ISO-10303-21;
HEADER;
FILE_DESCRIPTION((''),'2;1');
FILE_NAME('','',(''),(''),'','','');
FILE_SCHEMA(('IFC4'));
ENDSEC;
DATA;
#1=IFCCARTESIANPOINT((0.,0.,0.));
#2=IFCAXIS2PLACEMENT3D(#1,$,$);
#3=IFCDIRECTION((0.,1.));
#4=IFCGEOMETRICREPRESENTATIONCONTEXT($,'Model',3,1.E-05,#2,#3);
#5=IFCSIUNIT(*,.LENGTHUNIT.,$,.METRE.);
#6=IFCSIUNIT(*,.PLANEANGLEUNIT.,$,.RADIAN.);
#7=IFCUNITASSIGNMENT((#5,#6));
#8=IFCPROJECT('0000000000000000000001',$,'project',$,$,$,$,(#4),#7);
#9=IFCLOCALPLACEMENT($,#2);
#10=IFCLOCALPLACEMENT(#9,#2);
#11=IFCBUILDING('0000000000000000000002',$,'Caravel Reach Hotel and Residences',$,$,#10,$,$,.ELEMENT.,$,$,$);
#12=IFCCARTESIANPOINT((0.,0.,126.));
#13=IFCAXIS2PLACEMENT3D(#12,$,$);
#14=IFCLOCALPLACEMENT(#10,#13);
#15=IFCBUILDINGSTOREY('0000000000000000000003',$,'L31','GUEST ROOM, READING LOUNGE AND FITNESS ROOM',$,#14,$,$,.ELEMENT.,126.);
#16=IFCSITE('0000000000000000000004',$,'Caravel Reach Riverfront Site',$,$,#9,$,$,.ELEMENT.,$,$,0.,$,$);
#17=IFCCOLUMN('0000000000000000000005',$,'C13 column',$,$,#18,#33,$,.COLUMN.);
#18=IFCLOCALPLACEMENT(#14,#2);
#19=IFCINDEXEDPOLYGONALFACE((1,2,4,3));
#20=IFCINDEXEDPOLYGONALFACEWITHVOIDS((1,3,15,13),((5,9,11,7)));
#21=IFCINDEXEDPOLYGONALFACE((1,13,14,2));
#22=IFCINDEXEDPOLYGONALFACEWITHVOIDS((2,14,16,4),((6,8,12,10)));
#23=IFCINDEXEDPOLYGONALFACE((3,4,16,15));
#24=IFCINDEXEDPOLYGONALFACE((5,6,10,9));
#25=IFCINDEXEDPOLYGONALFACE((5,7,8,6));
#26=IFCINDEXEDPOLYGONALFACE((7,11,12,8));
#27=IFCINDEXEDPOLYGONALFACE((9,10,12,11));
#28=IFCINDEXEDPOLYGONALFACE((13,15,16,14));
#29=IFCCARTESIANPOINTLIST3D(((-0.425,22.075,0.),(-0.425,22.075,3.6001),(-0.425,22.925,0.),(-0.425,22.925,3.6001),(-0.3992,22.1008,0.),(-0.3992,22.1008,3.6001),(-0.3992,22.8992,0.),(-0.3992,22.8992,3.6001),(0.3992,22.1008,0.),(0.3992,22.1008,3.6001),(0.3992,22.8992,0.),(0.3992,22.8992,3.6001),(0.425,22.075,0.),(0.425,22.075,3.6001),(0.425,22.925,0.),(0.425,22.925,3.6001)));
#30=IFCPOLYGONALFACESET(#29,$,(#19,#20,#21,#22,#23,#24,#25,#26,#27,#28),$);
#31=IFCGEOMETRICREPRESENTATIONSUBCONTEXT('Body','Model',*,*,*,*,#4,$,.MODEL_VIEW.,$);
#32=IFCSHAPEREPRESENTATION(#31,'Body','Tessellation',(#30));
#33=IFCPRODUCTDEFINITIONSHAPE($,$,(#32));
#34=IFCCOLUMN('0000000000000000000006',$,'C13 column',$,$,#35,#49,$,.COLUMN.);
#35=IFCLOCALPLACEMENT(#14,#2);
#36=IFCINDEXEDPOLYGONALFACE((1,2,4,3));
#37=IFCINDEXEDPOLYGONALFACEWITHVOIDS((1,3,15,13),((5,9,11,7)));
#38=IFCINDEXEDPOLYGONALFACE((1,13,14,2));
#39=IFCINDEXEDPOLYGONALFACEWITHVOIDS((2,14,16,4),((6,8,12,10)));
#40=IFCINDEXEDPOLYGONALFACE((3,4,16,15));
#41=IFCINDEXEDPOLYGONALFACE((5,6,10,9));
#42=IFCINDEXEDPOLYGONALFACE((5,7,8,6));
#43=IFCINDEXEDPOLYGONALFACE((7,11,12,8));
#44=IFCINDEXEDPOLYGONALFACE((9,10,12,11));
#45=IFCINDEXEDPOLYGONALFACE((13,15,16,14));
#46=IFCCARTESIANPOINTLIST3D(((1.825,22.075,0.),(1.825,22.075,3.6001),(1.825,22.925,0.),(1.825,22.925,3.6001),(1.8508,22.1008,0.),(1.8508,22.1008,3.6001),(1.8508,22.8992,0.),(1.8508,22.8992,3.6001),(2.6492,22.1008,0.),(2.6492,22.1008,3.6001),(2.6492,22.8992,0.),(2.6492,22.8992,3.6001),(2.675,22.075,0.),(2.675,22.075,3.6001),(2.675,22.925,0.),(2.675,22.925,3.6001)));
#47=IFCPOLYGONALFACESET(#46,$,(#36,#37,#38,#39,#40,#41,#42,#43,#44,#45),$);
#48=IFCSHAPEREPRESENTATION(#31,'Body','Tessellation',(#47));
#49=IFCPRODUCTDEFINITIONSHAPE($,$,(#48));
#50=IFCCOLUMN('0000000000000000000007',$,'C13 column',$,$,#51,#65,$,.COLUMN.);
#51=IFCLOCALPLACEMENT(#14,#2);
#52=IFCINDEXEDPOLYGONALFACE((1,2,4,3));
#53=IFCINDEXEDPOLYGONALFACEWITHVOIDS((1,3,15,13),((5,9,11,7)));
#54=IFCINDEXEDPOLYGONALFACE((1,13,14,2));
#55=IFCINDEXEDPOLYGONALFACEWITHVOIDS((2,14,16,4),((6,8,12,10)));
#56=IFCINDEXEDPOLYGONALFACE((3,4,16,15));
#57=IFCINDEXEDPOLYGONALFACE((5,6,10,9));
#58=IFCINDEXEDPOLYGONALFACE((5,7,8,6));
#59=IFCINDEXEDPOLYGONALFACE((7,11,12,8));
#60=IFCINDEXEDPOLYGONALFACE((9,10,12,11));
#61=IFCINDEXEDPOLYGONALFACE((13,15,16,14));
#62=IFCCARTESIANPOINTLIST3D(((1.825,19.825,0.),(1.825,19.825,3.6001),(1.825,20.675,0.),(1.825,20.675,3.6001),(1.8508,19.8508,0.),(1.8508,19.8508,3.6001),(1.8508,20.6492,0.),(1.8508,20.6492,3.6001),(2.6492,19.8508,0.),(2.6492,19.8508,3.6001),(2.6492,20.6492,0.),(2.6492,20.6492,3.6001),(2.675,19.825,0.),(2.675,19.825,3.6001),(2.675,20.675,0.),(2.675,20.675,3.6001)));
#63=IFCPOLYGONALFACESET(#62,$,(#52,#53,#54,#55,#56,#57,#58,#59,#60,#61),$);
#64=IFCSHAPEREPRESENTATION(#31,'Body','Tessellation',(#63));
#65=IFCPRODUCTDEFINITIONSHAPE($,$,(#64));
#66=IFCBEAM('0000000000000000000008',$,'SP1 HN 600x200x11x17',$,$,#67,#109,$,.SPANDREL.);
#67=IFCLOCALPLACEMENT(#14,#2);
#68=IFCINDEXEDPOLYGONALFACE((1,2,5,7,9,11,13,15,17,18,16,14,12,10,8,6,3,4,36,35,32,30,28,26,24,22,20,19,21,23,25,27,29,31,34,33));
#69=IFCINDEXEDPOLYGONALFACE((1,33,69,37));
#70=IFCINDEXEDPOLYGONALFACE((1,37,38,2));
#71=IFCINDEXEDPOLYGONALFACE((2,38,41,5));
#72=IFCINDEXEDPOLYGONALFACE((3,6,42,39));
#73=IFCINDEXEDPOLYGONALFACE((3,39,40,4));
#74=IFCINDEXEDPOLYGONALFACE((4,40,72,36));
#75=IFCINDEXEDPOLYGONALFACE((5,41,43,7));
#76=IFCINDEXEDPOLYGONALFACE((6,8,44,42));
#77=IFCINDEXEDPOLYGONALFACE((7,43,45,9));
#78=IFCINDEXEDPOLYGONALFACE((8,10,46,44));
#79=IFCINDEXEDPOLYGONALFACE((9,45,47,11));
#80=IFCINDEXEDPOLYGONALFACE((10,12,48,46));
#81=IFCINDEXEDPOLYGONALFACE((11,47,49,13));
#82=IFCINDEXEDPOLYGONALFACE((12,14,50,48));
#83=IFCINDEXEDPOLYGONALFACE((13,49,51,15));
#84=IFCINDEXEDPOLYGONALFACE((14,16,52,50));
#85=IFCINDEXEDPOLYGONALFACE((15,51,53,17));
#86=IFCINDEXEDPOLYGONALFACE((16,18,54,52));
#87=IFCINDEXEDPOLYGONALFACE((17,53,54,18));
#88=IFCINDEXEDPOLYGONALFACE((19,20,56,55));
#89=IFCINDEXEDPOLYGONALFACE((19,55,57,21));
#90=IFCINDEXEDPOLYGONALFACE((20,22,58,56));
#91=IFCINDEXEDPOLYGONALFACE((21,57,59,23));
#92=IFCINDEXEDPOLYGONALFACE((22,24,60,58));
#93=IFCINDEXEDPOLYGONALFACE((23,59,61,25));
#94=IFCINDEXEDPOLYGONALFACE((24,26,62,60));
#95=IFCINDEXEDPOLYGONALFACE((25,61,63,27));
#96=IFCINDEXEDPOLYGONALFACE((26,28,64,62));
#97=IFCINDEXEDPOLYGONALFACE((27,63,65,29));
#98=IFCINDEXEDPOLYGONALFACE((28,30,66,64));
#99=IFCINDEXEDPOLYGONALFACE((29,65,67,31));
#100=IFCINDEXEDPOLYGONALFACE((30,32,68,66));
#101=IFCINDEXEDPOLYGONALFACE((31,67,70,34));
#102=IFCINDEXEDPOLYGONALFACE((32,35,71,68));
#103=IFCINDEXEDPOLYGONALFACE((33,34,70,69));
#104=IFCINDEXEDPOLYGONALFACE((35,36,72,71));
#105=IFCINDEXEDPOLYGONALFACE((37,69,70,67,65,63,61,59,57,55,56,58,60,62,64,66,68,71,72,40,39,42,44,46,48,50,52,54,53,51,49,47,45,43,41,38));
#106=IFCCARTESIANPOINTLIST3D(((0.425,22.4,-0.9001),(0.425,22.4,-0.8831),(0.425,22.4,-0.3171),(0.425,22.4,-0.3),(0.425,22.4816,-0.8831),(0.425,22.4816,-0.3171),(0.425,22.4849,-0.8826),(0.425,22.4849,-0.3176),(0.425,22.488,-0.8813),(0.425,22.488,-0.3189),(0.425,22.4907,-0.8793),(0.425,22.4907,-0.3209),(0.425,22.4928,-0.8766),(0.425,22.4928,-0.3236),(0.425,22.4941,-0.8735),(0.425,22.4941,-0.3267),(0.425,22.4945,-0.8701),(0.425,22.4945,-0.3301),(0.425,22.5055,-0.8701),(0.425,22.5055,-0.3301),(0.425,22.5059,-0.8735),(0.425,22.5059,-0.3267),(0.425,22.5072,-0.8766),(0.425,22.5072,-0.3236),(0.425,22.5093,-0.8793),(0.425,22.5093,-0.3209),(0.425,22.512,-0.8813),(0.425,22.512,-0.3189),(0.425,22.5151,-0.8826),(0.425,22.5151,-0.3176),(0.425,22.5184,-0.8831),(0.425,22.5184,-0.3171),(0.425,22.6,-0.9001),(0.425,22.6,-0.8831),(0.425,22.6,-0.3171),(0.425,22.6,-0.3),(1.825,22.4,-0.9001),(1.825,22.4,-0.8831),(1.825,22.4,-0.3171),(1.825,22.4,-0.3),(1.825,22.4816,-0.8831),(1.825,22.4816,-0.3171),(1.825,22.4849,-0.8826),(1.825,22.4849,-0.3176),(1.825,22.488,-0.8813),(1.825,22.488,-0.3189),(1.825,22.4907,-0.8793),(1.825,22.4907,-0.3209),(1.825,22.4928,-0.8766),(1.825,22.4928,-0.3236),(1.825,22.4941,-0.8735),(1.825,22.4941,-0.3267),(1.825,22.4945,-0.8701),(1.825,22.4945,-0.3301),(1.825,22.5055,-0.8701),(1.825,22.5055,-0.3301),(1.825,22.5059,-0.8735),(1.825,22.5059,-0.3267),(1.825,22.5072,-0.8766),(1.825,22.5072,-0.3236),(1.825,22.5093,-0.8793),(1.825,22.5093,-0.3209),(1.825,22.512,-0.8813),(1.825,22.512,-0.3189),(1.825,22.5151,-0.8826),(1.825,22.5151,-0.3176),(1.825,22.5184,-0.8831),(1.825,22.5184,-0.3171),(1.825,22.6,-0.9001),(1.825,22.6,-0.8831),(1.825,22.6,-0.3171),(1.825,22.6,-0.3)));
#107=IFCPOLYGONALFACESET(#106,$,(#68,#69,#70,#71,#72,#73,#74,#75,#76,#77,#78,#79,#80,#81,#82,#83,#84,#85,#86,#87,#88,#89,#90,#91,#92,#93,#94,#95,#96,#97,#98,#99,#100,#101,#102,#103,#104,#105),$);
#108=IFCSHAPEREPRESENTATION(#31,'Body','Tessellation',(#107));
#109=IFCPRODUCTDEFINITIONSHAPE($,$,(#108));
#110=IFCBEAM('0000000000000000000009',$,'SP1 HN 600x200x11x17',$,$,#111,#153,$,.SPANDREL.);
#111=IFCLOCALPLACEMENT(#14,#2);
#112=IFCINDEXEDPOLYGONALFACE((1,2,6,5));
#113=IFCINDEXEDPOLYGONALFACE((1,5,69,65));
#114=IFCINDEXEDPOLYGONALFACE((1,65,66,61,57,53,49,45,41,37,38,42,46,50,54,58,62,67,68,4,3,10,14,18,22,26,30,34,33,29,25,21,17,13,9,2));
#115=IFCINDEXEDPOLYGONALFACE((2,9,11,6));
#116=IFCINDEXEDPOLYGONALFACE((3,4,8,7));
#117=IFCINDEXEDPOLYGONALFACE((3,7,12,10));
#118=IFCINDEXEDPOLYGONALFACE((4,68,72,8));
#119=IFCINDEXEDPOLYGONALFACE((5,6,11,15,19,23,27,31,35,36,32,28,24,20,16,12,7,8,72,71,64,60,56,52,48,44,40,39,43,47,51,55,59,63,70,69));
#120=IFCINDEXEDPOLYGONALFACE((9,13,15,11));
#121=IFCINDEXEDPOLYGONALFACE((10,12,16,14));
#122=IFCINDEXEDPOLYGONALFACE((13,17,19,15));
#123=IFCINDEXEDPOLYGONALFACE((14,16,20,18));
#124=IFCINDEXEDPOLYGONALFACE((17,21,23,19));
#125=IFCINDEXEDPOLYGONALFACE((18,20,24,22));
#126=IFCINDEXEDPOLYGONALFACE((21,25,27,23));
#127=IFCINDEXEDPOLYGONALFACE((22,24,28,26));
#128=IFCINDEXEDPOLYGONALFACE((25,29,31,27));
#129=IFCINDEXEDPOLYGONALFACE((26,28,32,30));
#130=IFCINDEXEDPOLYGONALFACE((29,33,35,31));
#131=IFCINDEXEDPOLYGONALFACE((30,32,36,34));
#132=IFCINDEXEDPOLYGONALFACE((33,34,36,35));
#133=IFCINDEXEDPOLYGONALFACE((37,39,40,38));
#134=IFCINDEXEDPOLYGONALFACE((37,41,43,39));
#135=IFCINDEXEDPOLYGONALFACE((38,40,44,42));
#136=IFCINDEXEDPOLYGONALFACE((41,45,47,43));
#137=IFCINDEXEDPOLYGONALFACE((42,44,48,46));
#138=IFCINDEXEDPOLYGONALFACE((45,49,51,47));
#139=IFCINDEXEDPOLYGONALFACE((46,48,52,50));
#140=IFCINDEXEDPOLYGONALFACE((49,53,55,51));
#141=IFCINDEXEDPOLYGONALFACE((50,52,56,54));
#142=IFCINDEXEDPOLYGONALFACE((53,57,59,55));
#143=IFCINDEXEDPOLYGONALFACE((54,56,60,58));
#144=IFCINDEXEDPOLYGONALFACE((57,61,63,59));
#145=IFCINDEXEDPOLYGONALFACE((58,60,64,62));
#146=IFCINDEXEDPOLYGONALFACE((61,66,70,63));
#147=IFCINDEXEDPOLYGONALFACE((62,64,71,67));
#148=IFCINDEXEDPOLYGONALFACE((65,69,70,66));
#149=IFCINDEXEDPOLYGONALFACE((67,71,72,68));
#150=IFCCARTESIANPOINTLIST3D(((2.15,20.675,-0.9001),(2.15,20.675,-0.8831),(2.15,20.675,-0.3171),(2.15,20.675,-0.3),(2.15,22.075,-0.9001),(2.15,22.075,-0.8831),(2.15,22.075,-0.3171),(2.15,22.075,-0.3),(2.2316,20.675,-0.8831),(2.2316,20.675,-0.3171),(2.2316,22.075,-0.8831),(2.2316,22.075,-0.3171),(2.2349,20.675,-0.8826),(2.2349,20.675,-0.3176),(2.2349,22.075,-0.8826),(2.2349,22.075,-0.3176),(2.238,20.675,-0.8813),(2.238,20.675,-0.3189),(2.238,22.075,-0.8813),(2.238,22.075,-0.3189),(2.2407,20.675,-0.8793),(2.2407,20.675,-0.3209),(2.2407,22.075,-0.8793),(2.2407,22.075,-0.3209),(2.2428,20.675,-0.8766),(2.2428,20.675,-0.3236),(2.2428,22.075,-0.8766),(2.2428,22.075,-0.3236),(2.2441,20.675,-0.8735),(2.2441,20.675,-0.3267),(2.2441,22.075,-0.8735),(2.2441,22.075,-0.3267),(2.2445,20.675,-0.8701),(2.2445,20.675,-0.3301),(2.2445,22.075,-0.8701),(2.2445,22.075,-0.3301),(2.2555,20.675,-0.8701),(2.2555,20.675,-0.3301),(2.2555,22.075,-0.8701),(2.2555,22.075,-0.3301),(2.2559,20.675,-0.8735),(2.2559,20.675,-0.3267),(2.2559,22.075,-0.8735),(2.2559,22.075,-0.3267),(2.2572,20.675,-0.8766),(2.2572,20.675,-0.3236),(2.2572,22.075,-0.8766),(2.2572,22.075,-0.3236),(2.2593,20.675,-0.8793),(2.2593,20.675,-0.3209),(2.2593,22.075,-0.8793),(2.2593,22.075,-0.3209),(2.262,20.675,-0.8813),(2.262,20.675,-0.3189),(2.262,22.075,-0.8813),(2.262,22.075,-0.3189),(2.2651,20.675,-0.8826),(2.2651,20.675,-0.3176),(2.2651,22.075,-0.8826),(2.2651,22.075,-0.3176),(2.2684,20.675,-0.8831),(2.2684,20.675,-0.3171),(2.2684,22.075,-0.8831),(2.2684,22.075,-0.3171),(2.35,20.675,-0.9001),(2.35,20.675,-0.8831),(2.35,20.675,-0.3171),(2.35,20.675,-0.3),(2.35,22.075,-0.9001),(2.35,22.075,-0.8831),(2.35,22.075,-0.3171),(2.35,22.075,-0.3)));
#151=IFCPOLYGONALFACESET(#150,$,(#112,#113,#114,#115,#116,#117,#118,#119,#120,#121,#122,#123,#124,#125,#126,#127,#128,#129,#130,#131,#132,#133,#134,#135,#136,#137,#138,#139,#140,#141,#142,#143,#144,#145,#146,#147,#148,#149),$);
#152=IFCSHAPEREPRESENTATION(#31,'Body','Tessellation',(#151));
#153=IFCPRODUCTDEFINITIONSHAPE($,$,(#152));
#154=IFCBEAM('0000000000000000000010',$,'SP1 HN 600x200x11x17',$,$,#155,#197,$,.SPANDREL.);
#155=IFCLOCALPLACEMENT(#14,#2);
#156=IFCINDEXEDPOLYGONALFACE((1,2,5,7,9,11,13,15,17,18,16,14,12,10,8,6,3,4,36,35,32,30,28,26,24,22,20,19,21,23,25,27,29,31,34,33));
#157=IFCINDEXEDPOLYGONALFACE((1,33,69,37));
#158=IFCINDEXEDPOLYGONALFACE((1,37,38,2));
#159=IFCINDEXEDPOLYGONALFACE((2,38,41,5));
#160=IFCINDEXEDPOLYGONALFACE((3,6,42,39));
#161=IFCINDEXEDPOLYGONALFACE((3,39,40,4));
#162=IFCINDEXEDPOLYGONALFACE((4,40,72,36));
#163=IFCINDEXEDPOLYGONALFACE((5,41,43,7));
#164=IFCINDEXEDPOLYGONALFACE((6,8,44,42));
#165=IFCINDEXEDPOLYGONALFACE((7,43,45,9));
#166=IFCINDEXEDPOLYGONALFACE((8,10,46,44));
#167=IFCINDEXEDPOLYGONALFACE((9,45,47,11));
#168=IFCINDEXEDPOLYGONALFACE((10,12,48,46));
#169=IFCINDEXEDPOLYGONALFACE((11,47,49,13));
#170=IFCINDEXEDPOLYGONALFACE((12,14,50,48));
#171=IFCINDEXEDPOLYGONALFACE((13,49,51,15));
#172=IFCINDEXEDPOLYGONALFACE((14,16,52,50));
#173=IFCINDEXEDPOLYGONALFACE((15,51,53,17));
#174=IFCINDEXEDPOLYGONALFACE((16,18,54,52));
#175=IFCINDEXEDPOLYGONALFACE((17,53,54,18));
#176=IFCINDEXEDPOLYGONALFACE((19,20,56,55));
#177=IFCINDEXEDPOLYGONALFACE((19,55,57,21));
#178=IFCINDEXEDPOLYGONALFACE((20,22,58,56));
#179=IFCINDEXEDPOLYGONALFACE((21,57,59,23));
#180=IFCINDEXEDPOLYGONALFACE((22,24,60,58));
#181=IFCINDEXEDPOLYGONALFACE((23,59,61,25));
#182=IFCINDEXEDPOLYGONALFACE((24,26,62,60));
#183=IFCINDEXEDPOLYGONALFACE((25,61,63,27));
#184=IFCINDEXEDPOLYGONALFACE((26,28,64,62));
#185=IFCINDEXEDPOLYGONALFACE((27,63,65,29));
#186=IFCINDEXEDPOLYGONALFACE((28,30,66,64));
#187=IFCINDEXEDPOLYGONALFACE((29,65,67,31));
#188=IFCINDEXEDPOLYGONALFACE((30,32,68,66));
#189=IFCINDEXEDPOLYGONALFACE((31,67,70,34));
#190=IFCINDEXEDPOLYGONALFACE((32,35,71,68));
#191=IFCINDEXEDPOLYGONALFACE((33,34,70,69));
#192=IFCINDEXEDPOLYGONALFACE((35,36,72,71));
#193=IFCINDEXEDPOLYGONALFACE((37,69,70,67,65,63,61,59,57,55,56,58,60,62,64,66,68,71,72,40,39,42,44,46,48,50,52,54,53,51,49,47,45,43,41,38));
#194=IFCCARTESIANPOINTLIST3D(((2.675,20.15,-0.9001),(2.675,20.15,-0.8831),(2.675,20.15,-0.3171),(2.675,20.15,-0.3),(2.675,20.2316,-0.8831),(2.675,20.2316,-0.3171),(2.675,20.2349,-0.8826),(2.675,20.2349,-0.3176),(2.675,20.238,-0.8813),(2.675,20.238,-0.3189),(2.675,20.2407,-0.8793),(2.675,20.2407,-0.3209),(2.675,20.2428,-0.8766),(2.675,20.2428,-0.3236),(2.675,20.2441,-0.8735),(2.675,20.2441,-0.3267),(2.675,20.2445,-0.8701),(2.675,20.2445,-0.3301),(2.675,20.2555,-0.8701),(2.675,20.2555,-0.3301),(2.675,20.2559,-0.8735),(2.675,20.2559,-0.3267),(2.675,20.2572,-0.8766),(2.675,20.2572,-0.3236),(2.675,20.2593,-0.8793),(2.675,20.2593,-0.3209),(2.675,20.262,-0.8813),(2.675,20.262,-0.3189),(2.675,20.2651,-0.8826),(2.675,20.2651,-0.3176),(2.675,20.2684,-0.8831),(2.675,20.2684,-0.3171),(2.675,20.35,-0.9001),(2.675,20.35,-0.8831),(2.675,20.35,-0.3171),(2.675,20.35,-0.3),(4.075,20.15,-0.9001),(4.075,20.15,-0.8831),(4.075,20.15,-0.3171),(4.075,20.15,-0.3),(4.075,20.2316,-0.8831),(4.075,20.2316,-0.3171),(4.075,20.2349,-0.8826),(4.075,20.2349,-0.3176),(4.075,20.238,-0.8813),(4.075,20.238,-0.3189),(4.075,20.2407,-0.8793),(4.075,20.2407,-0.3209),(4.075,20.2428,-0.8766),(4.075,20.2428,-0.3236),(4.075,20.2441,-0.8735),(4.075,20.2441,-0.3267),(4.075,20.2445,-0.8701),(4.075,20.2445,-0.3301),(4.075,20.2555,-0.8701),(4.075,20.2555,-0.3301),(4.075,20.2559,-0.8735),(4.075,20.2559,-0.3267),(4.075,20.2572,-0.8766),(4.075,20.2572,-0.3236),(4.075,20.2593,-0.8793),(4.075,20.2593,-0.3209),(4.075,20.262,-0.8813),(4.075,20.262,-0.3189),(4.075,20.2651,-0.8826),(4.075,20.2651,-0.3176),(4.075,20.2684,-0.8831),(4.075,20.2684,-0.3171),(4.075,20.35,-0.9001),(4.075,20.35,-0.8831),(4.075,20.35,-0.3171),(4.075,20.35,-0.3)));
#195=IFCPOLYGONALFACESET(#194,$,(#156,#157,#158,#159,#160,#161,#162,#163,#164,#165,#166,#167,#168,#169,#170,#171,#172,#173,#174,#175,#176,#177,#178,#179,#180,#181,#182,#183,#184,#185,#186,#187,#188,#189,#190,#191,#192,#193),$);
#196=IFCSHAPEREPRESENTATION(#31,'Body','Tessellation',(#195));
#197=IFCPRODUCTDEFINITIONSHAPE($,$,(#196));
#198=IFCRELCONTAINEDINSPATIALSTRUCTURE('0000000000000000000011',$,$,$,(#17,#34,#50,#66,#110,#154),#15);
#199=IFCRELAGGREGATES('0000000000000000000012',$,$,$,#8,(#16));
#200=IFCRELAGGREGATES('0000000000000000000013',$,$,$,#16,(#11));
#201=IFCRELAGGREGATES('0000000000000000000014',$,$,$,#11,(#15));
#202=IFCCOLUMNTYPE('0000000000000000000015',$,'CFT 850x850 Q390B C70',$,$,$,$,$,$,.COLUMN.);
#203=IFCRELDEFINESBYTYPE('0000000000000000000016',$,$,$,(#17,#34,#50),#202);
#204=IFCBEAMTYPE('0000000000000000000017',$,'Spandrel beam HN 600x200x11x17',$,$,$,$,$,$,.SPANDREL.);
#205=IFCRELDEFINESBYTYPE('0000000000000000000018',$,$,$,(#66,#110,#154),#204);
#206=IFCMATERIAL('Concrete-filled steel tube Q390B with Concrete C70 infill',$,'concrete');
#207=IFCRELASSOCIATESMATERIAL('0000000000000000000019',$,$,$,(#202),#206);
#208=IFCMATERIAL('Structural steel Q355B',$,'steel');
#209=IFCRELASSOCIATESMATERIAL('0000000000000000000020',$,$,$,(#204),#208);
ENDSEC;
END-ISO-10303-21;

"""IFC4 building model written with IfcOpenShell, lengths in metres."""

from ifc_helpers import new_model, si_unit, direction, frame, origin, origin_2d, place, context, subcontext, project, spatial, hollow_rectangle, i_section, extrude, material, material_profile, profile_set, type_object, element, save


model = new_model("IFC4")

# Units and contexts
model_context = context("Model", 3, precision=1e-05, world=origin(), true_north=direction((0.0, 1.0)))
body_context = subcontext(model_context, "Body", "Model", "MODEL_VIEW")
ifc_project = project(units=[si_unit("LENGTHUNIT", "METRE"), si_unit("PLANEANGLEUNIT", "RADIAN")], contexts=[model_context])

# Site, building, storey
site_placement = place(None, origin())
site = spatial("IfcSite", under=ifc_project, at=site_placement, Name="Caravel Reach Riverfront Site", CompositionType="ELEMENT", RefElevation=0.0)
building_placement = place(site_placement, origin())
building = spatial("IfcBuilding", under=site, at=building_placement, Name="Caravel Reach Hotel and Residences", CompositionType="ELEMENT")
storey_placement = place(building_placement, frame((0.0, 0.0, 126.0)))
storey = spatial("IfcBuildingStorey", under=building, at=storey_placement, Name="L31", Description="GUEST ROOM, READING LOUNGE AND FITNESS ROOM", CompositionType="ELEMENT", Elevation=126.0)

# Columns
ifc_material_1 = material(Name="Concrete-filled steel tube Q390B with Concrete C70 infill", Category="concrete")
ifc_material_profile_1 = material_profile(ifc_material_1, hollow_rectangle(XDim=0.8501, YDim=0.8501, WallThickness=0.0259, at=origin_2d()), Name="RHS 850x850x26")
ifc_profile_set_1 = profile_set([ifc_material_profile_1], Name="Concrete-filled steel tube Q390B with Concrete C70 infill")
column_type = type_object("IfcColumnType", Name="CFT 850x850 Q390B C70", PredefinedType="COLUMN", material=ifc_profile_set_1)
for number, where, z_axis, x_axis, name in (
    (1, (0.0, 22.5, 0.0), (0.0, 0.0, 1.0), (1.0, 0.0, 0.0), "C13 column"),
    (2, (2.25, 22.5, 0.0), (0.0, 0.0, 1.0), (1.0, 0.0, 0.0), "C13 column"),
    (3, (2.25, 20.25, 0.0), (0.0, 0.0, 1.0), (1.0, 0.0, 0.0), "C13 column"),
):
    element("IfcColumn", number, at=place(storey_placement, frame(where, z_axis=z_axis, x_axis=x_axis)), inside=storey, type_object=column_type, Name=name, PredefinedType="COLUMN", context=body_context, shape_type="SweptSolid", body=[
        extrude(hollow_rectangle(XDim=0.8501, YDim=0.8501, WallThickness=0.0259, at=origin_2d()), origin(), (0.0, 0.0, 1.0), 3.6001),
    ])

# Beams
ifc_material_2 = material(Name="Structural steel Q355B", Category="steel")
ifc_material_profile_2 = material_profile(ifc_material_2, i_section(OverallWidth=0.2, OverallDepth=0.6001, WebThickness=0.011, FlangeThickness=0.0171, FilletRadius=0.0129, at=origin_2d()), Name="HN 600x200x11x17")
ifc_profile_set_2 = profile_set([ifc_material_profile_2], Name="Structural steel Q355B")
beam_type = type_object("IfcBeamType", Name="Spandrel beam HN 600x200x11x17", PredefinedType="SPANDREL", material=ifc_profile_set_2)
for number, where, z_axis, x_axis, name in (
    (4, (0.425, 22.5, -0.6001), (1.0, 0.0, 0.0), (0.0, 1.0, 0.0), "SP1 HN 600x200x11x17"),
    (5, (2.25, 22.075, -0.6001), (0.0, -1.0, 0.0), (1.0, 0.0, 0.0), "SP1 HN 600x200x11x17"),
    (6, (2.675, 20.25, -0.6001), (1.0, 0.0, 0.0), (0.0, 1.0, 0.0), "SP1 HN 600x200x11x17"),
):
    element("IfcBeam", number, at=place(storey_placement, frame(where, z_axis=z_axis, x_axis=x_axis)), inside=storey, type_object=beam_type, Name=name, PredefinedType="SPANDREL", context=body_context, shape_type="SweptSolid", body=[
        extrude(i_section(OverallWidth=0.2, OverallDepth=0.6001, WebThickness=0.011, FlangeThickness=0.0171, FilletRadius=0.0129, at=origin_2d()), origin(), (0.0, 0.0, 1.0), 1.3999),
    ])

save(model, "model.ifc")
